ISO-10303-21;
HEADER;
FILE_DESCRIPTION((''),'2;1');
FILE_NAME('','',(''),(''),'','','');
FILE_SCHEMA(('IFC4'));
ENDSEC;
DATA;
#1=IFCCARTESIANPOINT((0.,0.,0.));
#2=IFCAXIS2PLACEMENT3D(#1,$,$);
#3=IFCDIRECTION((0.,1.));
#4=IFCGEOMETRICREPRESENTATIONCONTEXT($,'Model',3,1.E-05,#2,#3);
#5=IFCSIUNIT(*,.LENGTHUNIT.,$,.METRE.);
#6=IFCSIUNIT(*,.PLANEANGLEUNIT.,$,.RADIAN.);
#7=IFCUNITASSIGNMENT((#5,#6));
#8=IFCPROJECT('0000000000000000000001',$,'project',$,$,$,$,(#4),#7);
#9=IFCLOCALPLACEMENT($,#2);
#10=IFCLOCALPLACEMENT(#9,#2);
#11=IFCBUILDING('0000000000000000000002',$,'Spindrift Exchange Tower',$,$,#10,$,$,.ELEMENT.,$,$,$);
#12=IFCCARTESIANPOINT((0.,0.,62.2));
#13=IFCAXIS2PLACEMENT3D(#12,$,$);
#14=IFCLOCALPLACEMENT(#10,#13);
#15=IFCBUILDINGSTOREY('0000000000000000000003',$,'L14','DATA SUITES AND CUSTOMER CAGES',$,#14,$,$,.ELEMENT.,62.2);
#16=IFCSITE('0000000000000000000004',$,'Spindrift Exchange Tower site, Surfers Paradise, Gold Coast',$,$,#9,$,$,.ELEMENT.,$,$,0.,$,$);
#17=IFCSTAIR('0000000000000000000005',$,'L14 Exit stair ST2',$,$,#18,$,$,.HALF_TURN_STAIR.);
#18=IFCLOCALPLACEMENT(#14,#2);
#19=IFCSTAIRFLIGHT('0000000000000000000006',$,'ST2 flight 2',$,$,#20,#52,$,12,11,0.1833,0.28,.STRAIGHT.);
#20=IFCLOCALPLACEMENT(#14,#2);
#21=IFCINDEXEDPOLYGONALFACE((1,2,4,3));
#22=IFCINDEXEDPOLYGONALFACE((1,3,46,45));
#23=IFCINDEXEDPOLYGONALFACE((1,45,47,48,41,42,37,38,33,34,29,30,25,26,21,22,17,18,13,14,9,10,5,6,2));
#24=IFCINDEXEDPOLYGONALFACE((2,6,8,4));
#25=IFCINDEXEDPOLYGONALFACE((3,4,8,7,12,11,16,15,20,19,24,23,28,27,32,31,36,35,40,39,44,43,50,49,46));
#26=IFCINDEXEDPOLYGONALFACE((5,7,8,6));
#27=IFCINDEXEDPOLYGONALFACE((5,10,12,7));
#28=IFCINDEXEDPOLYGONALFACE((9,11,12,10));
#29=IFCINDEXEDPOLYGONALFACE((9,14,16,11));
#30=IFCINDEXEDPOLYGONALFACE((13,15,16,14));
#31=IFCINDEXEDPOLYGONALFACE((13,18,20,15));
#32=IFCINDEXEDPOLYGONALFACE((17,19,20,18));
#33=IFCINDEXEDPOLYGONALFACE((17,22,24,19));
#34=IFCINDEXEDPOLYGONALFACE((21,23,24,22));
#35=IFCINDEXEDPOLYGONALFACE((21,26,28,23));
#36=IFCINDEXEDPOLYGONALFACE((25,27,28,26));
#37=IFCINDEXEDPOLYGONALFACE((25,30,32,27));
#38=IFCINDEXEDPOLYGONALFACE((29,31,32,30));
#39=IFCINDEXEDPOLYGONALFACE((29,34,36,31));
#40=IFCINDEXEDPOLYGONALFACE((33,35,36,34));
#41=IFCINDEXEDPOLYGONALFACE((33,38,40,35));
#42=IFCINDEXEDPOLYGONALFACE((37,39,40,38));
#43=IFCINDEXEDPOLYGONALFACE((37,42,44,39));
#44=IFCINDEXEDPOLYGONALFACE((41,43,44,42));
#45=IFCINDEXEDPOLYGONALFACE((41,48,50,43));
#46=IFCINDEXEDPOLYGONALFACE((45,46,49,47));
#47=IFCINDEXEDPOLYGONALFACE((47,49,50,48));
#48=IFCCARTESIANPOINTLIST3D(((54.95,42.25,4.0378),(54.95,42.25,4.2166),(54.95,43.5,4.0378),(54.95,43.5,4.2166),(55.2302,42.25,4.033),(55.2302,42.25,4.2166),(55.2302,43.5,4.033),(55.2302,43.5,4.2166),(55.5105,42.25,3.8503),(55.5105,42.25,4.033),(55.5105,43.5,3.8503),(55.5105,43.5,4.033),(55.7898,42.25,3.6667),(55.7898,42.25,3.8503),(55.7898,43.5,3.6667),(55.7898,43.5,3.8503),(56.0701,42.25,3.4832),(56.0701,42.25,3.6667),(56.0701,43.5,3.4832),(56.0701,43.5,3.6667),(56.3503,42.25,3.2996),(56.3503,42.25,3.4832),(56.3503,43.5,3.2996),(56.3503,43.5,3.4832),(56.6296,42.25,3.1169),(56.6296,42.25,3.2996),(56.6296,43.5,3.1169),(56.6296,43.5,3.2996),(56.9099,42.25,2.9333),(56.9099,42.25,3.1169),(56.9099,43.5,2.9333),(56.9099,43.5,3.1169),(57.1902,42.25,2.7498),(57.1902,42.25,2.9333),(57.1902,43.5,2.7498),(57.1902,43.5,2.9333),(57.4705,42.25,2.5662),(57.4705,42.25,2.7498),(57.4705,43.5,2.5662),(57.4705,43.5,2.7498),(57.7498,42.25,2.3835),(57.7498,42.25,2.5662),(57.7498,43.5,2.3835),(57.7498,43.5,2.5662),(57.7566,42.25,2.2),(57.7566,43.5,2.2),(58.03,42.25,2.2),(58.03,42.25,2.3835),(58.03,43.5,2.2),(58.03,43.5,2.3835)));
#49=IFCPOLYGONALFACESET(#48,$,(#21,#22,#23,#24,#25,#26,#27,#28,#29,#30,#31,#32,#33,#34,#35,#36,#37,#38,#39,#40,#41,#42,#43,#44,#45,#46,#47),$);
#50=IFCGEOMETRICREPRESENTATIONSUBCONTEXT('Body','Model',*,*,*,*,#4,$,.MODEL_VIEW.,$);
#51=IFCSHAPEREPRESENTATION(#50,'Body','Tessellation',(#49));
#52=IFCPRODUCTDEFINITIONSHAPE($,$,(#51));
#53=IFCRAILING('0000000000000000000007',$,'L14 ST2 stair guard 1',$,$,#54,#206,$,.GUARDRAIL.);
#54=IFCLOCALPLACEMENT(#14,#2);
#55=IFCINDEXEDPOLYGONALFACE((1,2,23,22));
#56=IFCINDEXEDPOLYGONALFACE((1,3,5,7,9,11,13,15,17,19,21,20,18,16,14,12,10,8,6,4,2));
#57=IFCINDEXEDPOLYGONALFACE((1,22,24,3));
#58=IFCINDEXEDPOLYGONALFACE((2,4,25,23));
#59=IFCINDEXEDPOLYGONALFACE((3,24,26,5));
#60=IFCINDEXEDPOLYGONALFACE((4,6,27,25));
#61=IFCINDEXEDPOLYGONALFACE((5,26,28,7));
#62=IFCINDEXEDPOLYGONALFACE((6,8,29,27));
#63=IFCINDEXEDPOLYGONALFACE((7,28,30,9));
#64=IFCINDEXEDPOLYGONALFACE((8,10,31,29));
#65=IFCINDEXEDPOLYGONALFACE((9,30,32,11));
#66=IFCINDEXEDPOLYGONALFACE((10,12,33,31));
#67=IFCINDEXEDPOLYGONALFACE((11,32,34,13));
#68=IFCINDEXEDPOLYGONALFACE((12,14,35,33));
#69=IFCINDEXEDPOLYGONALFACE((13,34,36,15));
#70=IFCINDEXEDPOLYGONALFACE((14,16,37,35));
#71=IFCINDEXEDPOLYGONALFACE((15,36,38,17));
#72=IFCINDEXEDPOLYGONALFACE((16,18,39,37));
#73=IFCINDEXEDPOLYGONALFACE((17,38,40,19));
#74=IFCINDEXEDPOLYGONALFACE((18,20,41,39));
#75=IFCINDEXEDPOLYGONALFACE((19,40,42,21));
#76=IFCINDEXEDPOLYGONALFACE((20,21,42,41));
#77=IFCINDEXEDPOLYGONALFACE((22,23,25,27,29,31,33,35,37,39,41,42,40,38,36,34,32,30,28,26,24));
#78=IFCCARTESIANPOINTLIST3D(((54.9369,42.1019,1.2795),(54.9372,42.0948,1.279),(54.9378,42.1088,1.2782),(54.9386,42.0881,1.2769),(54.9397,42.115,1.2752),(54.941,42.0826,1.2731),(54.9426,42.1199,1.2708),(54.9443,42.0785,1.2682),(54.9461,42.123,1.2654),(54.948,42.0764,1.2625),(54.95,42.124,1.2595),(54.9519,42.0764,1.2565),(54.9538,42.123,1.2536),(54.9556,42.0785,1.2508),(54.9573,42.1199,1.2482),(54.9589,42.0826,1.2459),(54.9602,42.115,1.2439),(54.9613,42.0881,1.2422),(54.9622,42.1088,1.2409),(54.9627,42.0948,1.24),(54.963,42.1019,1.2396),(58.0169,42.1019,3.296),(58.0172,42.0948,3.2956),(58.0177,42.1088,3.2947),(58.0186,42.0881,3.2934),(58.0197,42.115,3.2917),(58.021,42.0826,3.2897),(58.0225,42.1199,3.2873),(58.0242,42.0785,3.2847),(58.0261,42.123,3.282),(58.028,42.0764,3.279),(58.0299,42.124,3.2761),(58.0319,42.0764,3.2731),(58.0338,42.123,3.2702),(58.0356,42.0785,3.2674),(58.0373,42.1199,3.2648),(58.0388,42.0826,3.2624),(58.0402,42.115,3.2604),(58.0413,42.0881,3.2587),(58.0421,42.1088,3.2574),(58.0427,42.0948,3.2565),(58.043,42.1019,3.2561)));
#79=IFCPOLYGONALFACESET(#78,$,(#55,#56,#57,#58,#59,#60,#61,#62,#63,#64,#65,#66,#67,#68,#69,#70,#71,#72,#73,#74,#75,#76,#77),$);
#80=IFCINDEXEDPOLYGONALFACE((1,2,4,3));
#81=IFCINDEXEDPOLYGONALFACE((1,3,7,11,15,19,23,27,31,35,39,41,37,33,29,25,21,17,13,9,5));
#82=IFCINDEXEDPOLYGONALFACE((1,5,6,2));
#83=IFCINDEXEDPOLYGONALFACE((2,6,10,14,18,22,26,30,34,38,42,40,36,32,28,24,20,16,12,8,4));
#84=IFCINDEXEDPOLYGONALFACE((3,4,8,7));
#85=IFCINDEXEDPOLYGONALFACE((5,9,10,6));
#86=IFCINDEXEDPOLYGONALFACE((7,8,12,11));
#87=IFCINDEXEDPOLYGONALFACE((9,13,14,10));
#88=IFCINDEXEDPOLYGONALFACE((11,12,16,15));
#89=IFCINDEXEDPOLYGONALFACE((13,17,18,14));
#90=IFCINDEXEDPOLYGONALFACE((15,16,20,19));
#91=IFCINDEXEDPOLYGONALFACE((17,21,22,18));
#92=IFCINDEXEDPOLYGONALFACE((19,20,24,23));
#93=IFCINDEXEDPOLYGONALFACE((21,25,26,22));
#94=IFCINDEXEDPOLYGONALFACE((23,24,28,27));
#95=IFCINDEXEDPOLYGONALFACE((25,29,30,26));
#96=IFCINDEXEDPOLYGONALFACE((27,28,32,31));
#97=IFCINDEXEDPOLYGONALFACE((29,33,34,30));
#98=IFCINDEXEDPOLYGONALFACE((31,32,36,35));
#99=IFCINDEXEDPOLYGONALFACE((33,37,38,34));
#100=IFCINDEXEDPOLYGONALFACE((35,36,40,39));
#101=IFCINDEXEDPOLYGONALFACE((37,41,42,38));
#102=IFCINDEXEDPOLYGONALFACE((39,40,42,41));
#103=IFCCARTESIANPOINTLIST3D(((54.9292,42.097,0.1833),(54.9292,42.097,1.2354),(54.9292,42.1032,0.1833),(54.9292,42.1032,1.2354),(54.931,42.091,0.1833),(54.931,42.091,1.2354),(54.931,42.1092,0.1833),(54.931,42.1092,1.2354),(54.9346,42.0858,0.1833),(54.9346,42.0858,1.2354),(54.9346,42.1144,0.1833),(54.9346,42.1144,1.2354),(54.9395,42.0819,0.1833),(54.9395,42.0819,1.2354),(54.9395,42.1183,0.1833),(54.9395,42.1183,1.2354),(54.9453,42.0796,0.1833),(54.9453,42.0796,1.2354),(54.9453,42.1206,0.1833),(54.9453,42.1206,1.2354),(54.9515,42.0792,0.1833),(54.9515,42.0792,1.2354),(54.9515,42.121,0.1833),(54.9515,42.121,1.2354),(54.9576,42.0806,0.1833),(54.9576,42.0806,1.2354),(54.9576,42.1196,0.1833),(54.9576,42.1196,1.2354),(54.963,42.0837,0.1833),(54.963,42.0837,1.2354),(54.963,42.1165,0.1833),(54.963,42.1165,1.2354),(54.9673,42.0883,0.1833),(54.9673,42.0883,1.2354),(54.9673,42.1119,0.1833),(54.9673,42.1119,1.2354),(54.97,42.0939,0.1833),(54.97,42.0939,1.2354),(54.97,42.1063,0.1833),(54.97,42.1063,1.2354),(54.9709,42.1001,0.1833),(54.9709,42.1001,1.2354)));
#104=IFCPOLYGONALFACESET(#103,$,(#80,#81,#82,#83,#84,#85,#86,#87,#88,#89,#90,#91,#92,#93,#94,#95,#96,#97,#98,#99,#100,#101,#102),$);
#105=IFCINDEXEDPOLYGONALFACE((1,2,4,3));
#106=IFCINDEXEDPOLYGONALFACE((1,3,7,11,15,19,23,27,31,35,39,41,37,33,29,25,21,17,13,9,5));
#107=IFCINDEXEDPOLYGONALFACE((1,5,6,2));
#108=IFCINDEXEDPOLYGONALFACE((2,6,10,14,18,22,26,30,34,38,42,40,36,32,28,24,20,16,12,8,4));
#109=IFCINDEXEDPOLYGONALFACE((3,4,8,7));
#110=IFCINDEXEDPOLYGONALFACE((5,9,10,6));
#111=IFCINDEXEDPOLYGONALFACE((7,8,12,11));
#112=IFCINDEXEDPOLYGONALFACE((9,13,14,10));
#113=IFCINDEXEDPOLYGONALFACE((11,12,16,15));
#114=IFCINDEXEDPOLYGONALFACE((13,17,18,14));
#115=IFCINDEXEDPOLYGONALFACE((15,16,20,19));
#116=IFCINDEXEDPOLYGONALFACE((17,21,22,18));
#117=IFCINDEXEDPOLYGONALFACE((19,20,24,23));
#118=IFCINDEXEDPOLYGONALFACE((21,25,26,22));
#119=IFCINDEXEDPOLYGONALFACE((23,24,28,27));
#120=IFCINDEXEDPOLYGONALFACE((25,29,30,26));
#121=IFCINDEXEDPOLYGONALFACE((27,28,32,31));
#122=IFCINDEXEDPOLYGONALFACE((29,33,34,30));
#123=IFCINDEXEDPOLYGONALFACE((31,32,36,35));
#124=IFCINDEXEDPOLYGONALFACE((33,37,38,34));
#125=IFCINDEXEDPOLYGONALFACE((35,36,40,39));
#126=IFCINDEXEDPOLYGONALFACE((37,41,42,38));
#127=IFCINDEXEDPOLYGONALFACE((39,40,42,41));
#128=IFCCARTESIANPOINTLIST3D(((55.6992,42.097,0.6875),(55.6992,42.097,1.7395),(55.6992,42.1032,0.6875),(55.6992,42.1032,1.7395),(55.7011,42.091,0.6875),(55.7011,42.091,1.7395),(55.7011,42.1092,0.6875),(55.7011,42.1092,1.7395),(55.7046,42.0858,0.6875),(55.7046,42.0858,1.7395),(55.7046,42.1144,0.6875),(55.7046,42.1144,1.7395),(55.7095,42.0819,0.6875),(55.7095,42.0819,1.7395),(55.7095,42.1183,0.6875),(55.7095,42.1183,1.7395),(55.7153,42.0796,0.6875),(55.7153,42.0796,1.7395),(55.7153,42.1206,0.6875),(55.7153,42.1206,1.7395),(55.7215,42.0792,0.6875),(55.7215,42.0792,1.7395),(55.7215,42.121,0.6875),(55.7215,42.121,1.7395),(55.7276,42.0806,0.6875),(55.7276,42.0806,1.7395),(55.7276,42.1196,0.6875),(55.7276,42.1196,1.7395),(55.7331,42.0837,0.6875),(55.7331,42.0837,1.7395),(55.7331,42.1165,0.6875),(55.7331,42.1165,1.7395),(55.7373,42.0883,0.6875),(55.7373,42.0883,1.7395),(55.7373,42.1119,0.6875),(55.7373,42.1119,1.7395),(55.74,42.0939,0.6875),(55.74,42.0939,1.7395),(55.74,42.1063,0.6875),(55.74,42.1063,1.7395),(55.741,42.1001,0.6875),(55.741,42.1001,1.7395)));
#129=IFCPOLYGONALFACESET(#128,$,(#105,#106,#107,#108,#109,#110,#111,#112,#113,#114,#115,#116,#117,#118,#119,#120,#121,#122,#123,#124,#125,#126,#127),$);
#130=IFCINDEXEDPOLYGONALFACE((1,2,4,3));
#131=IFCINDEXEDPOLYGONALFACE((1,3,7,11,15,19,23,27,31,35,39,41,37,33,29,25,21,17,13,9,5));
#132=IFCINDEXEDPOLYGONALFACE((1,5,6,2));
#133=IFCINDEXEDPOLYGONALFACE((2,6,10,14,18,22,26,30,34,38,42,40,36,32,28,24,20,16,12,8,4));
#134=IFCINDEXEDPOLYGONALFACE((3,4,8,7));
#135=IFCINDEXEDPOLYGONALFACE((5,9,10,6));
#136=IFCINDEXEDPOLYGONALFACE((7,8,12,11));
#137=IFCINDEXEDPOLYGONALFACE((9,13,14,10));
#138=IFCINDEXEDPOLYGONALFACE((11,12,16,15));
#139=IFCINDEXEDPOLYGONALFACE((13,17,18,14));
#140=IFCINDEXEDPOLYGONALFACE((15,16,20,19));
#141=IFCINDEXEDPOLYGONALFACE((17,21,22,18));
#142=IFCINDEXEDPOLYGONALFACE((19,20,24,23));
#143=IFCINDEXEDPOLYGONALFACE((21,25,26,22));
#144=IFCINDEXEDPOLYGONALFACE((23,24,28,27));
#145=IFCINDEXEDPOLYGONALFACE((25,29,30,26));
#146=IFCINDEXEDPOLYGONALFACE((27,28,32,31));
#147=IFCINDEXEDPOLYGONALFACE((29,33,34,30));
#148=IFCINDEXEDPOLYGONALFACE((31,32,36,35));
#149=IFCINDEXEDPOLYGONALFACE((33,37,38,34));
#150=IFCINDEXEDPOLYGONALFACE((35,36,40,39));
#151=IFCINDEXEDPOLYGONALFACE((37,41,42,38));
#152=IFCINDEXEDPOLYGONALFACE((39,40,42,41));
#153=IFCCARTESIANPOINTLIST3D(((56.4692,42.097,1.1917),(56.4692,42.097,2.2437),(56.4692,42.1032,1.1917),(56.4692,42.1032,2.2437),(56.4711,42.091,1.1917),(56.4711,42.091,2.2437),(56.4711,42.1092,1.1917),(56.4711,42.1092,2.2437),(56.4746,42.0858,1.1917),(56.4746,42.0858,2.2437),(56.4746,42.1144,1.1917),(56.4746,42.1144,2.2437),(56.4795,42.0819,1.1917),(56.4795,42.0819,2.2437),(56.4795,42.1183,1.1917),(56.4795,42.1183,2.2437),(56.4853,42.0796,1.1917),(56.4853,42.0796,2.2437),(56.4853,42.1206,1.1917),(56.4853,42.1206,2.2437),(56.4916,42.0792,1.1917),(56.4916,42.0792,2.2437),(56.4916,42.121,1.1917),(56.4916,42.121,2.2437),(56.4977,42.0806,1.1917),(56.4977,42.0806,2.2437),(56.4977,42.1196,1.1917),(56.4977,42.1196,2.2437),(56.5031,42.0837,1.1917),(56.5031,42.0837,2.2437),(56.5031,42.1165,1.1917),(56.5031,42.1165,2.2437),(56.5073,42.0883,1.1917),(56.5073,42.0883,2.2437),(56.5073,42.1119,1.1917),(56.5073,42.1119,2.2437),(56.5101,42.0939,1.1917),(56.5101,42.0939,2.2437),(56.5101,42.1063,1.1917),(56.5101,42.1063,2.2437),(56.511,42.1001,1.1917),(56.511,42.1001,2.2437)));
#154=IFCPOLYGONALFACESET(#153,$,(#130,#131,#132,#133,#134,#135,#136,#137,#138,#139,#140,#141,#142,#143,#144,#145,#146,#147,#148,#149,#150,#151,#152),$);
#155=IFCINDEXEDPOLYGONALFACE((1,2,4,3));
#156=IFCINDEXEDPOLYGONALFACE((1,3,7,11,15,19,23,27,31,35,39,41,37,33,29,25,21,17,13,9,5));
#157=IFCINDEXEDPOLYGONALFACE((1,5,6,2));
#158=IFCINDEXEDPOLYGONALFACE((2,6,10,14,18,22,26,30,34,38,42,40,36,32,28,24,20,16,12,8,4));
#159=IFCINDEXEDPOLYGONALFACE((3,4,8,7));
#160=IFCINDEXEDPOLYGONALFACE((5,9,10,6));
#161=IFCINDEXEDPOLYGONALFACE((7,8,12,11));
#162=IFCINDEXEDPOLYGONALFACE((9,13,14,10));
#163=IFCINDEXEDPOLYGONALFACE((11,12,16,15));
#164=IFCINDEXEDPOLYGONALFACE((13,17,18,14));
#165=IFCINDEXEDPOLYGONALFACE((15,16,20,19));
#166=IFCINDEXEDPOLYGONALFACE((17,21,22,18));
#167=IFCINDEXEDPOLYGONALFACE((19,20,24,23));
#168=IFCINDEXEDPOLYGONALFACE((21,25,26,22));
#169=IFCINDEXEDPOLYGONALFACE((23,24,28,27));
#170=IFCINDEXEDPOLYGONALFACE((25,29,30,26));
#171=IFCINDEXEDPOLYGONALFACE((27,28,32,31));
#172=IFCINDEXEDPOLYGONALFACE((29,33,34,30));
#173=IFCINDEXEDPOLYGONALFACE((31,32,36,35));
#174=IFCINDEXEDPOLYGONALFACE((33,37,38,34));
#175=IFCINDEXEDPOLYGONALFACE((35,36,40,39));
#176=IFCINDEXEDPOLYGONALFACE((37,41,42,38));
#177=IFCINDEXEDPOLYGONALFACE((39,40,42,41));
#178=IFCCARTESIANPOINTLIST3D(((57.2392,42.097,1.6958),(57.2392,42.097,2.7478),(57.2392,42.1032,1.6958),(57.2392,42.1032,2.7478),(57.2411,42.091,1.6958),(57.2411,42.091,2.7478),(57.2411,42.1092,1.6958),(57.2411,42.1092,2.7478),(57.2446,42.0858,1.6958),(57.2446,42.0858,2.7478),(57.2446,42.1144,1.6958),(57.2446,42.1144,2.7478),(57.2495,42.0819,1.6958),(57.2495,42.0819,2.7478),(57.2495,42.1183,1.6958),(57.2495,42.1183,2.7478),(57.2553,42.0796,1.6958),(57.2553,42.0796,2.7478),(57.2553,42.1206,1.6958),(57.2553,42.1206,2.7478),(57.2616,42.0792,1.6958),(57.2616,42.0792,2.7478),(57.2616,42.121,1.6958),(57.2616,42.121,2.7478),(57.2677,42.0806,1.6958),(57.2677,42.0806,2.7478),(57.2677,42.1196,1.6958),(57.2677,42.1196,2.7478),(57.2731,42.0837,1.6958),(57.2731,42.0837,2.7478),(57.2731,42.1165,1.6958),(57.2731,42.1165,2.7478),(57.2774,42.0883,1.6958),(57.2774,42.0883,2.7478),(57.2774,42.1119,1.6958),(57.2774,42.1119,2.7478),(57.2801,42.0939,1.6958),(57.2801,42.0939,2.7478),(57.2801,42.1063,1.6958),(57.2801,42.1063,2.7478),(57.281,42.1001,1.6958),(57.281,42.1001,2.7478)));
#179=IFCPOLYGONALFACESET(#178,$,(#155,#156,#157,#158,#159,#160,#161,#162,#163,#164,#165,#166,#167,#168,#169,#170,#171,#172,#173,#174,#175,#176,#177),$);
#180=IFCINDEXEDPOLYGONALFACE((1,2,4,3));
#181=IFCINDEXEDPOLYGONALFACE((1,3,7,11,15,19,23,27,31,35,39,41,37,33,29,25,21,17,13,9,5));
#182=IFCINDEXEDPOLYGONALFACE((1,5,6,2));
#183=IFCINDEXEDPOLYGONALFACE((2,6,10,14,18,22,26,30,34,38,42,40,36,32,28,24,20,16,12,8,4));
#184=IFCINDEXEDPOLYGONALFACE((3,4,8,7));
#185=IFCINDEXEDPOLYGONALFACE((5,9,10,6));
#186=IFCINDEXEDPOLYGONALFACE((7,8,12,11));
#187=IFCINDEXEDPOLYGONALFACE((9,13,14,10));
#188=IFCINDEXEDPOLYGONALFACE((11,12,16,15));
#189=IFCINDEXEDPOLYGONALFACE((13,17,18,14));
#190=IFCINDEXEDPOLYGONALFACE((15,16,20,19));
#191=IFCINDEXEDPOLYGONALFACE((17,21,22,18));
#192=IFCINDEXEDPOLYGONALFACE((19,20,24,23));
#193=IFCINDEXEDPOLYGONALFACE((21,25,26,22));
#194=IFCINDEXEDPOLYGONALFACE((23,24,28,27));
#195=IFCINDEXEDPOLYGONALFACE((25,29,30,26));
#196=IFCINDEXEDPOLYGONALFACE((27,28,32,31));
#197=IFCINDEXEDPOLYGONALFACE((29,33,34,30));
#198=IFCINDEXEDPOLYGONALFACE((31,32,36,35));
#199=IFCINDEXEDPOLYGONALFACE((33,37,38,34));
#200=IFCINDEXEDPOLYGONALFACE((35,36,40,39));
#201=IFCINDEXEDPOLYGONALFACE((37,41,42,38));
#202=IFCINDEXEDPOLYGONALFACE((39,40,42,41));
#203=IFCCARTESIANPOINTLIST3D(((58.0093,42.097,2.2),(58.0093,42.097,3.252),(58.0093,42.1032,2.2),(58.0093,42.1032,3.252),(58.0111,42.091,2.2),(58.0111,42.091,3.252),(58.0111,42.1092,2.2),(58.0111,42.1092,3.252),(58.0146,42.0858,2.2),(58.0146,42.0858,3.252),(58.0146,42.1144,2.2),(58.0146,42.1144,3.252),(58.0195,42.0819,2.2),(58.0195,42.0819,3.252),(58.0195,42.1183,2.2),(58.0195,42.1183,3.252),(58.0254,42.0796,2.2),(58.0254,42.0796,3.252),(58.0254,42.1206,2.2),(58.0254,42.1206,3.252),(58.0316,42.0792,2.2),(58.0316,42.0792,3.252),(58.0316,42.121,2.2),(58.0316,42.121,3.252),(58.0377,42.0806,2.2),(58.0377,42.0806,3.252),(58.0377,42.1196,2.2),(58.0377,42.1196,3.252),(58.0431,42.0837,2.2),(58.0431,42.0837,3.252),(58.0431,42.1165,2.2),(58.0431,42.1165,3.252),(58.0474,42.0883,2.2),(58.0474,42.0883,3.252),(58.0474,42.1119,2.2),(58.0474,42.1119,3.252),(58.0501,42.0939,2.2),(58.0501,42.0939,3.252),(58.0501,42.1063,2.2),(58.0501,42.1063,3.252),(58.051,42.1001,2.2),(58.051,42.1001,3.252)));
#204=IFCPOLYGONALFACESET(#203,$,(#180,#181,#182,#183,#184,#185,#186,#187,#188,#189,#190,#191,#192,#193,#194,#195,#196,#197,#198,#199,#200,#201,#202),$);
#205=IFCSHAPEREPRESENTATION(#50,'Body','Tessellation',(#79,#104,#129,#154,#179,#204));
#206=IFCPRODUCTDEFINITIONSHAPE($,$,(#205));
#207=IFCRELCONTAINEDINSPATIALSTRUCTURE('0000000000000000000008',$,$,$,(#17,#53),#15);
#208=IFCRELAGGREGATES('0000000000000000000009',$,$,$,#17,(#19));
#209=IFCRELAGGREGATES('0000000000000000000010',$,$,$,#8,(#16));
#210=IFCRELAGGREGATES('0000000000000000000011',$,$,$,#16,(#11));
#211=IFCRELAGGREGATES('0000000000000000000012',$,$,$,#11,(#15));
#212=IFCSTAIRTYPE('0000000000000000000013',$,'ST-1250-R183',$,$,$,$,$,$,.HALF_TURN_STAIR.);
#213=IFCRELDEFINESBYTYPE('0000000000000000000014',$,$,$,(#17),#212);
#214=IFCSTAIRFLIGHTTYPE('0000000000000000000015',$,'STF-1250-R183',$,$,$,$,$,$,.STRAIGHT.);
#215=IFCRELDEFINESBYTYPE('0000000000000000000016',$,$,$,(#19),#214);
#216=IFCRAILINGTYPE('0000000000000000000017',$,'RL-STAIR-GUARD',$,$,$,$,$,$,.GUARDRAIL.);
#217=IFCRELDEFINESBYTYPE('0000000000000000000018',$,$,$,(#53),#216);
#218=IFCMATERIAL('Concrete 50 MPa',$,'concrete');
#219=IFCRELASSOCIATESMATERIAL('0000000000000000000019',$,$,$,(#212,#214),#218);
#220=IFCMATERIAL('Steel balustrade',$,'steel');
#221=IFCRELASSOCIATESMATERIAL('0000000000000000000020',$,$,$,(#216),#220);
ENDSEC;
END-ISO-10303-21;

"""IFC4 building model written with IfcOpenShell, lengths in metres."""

from ifc_helpers import new_model, si_unit, direction, frame, origin, origin_2d, place, context, subcontext, project, spatial, line, indexed_curve, circle, outline, extrude, material, type_object, element, aggregate, save


model = new_model("IFC4")

# Units and contexts
model_context = context("Model", 3, precision=1e-05, world=origin(), true_north=direction((0.0, 1.0)))
body_context = subcontext(model_context, "Body", "Model", "MODEL_VIEW")
ifc_project = project(units=[si_unit("LENGTHUNIT", "METRE"), si_unit("PLANEANGLEUNIT", "RADIAN")], contexts=[model_context])

# Site, building, storey
site_placement = place(None, origin())
site = spatial("IfcSite", under=ifc_project, at=site_placement, Name="Spindrift Exchange Tower site, Surfers Paradise, Gold Coast", CompositionType="ELEMENT", RefElevation=0.0)
building_placement = place(site_placement, origin())
building = spatial("IfcBuilding", under=site, at=building_placement, Name="Spindrift Exchange Tower", CompositionType="ELEMENT")
storey_placement = place(building_placement, frame((0.0, 0.0, 62.2)))
storey = spatial("IfcBuildingStorey", under=building, at=storey_placement, Name="L14", Description="DATA SUITES AND CUSTOMER CAGES", CompositionType="ELEMENT", Elevation=62.2)

# Stair, stair flight
ifc_material_1 = material(Name="Concrete 50 MPa", Category="concrete")
stair_type = type_object("IfcStairType", Name="ST-1250-R183", PredefinedType="HALF_TURN_STAIR", material=ifc_material_1)
stair_placement = place(storey_placement, origin())
stair = element("IfcStair", 1, at=stair_placement, inside=storey, type_object=stair_type, Name="L14 Exit stair ST2", PredefinedType="HALF_TURN_STAIR")
stair_flight_type = type_object("IfcStairFlightType", Name="STF-1250-R183", PredefinedType="STRAIGHT", material=ifc_material_1)
stair_flight_1_placement = place(storey_placement, frame((58.03, 42.875, 2.2), z_axis=(0.0, 0.0, 1.0), x_axis=(-1.0, 0.0, 0.0)))
stair_flight_1 = element("IfcStairFlight", 2, at=stair_flight_1_placement, type_object=stair_flight_type, Name="ST2 flight 2", NumberOfRisers=12, NumberOfTreads=11, PredefinedType="STRAIGHT", RiserHeight=0.1833, TreadLength=0.28, context=body_context, shape_type="SweptSolid", body=[
    extrude(outline(indexed_curve([(0.0, 0.0), (0.0, 0.1836), (0.2803, 0.1836), (0.2803, 0.3662), (0.5596, 0.3662), (0.5596, 0.5498), (0.8398, 0.5498), (0.8398, 0.7334), (1.1201, 0.7334), (1.1201, 0.917), (1.4004, 0.917), (1.4004, 1.0996), (1.6797, 1.0996), (1.6797, 1.2832), (1.96, 1.2832), (1.96, 1.4668), (2.2402, 1.4668), (2.2402, 1.6504), (2.5195, 1.6504), (2.5195, 1.833), (2.7998, 1.833), (2.7998, 2.0166), (3.0801, 2.0166), (3.0801, 2.2002), (3.0801, 1.8379), (0.2734, 0.0)], segments=[line(1, 2, 3, 4, 5, 6, 7, 8, 9, 10, 11, 12, 13, 14, 15, 16, 17, 18, 19, 20, 21, 22, 23, 24, 25, 26, 1)], self_intersect=False)), frame((0.0, 0.625, 0.0), z_axis=(0.0, -1.0, 0.0), x_axis=(1.0, 0.0, 0.0)), (0.0, 0.0, 1.0), 1.25),
])
aggregate(stair, [stair_flight_1])

# Railing
ifc_material_2 = material(Name="Steel balustrade", Category="steel")
railing_type_1 = type_object("IfcRailingType", Name="RL-STAIR-GUARD", PredefinedType="GUARDRAIL", material=ifc_material_2)
railing_1_placement = place(storey_placement, frame((54.95, 42.1001, 0.1833)))
element("IfcRailing", 3, at=railing_1_placement, inside=storey, type_object=railing_type_1, Name="L14 ST2 stair guard 1", PredefinedType="GUARDRAIL", context=body_context, shape_type="SweptSolid", body=[
    extrude(circle(Radius=0.0239, at=origin_2d()), frame((0.0, 0.0, 1.0762), z_axis=(0.836633, 0.0, 0.547764), x_axis=(0.0, 1.0, 0.0)), (0.0, 0.0, 1.0), 3.6814),
    extrude(circle(Radius=0.021, at=origin_2d()), origin(), (0.0, 0.0, 1.0), 1.052),
    extrude(circle(Radius=0.021, at=origin_2d()), frame((0.77, 0.0, 0.5042)), (0.0, 0.0, 1.0), 1.052),
    extrude(circle(Radius=0.021, at=origin_2d()), frame((1.54, 0.0, 1.0083)), (0.0, 0.0, 1.0), 1.052),
    extrude(circle(Radius=0.021, at=origin_2d()), frame((2.3101, 0.0, 1.5125)), (0.0, 0.0, 1.0), 1.052),
    extrude(circle(Radius=0.021, at=origin_2d()), frame((3.0801, 0.0, 2.0166)), (0.0, 0.0, 1.0), 1.052),
])

save(model, "model.ifc")
